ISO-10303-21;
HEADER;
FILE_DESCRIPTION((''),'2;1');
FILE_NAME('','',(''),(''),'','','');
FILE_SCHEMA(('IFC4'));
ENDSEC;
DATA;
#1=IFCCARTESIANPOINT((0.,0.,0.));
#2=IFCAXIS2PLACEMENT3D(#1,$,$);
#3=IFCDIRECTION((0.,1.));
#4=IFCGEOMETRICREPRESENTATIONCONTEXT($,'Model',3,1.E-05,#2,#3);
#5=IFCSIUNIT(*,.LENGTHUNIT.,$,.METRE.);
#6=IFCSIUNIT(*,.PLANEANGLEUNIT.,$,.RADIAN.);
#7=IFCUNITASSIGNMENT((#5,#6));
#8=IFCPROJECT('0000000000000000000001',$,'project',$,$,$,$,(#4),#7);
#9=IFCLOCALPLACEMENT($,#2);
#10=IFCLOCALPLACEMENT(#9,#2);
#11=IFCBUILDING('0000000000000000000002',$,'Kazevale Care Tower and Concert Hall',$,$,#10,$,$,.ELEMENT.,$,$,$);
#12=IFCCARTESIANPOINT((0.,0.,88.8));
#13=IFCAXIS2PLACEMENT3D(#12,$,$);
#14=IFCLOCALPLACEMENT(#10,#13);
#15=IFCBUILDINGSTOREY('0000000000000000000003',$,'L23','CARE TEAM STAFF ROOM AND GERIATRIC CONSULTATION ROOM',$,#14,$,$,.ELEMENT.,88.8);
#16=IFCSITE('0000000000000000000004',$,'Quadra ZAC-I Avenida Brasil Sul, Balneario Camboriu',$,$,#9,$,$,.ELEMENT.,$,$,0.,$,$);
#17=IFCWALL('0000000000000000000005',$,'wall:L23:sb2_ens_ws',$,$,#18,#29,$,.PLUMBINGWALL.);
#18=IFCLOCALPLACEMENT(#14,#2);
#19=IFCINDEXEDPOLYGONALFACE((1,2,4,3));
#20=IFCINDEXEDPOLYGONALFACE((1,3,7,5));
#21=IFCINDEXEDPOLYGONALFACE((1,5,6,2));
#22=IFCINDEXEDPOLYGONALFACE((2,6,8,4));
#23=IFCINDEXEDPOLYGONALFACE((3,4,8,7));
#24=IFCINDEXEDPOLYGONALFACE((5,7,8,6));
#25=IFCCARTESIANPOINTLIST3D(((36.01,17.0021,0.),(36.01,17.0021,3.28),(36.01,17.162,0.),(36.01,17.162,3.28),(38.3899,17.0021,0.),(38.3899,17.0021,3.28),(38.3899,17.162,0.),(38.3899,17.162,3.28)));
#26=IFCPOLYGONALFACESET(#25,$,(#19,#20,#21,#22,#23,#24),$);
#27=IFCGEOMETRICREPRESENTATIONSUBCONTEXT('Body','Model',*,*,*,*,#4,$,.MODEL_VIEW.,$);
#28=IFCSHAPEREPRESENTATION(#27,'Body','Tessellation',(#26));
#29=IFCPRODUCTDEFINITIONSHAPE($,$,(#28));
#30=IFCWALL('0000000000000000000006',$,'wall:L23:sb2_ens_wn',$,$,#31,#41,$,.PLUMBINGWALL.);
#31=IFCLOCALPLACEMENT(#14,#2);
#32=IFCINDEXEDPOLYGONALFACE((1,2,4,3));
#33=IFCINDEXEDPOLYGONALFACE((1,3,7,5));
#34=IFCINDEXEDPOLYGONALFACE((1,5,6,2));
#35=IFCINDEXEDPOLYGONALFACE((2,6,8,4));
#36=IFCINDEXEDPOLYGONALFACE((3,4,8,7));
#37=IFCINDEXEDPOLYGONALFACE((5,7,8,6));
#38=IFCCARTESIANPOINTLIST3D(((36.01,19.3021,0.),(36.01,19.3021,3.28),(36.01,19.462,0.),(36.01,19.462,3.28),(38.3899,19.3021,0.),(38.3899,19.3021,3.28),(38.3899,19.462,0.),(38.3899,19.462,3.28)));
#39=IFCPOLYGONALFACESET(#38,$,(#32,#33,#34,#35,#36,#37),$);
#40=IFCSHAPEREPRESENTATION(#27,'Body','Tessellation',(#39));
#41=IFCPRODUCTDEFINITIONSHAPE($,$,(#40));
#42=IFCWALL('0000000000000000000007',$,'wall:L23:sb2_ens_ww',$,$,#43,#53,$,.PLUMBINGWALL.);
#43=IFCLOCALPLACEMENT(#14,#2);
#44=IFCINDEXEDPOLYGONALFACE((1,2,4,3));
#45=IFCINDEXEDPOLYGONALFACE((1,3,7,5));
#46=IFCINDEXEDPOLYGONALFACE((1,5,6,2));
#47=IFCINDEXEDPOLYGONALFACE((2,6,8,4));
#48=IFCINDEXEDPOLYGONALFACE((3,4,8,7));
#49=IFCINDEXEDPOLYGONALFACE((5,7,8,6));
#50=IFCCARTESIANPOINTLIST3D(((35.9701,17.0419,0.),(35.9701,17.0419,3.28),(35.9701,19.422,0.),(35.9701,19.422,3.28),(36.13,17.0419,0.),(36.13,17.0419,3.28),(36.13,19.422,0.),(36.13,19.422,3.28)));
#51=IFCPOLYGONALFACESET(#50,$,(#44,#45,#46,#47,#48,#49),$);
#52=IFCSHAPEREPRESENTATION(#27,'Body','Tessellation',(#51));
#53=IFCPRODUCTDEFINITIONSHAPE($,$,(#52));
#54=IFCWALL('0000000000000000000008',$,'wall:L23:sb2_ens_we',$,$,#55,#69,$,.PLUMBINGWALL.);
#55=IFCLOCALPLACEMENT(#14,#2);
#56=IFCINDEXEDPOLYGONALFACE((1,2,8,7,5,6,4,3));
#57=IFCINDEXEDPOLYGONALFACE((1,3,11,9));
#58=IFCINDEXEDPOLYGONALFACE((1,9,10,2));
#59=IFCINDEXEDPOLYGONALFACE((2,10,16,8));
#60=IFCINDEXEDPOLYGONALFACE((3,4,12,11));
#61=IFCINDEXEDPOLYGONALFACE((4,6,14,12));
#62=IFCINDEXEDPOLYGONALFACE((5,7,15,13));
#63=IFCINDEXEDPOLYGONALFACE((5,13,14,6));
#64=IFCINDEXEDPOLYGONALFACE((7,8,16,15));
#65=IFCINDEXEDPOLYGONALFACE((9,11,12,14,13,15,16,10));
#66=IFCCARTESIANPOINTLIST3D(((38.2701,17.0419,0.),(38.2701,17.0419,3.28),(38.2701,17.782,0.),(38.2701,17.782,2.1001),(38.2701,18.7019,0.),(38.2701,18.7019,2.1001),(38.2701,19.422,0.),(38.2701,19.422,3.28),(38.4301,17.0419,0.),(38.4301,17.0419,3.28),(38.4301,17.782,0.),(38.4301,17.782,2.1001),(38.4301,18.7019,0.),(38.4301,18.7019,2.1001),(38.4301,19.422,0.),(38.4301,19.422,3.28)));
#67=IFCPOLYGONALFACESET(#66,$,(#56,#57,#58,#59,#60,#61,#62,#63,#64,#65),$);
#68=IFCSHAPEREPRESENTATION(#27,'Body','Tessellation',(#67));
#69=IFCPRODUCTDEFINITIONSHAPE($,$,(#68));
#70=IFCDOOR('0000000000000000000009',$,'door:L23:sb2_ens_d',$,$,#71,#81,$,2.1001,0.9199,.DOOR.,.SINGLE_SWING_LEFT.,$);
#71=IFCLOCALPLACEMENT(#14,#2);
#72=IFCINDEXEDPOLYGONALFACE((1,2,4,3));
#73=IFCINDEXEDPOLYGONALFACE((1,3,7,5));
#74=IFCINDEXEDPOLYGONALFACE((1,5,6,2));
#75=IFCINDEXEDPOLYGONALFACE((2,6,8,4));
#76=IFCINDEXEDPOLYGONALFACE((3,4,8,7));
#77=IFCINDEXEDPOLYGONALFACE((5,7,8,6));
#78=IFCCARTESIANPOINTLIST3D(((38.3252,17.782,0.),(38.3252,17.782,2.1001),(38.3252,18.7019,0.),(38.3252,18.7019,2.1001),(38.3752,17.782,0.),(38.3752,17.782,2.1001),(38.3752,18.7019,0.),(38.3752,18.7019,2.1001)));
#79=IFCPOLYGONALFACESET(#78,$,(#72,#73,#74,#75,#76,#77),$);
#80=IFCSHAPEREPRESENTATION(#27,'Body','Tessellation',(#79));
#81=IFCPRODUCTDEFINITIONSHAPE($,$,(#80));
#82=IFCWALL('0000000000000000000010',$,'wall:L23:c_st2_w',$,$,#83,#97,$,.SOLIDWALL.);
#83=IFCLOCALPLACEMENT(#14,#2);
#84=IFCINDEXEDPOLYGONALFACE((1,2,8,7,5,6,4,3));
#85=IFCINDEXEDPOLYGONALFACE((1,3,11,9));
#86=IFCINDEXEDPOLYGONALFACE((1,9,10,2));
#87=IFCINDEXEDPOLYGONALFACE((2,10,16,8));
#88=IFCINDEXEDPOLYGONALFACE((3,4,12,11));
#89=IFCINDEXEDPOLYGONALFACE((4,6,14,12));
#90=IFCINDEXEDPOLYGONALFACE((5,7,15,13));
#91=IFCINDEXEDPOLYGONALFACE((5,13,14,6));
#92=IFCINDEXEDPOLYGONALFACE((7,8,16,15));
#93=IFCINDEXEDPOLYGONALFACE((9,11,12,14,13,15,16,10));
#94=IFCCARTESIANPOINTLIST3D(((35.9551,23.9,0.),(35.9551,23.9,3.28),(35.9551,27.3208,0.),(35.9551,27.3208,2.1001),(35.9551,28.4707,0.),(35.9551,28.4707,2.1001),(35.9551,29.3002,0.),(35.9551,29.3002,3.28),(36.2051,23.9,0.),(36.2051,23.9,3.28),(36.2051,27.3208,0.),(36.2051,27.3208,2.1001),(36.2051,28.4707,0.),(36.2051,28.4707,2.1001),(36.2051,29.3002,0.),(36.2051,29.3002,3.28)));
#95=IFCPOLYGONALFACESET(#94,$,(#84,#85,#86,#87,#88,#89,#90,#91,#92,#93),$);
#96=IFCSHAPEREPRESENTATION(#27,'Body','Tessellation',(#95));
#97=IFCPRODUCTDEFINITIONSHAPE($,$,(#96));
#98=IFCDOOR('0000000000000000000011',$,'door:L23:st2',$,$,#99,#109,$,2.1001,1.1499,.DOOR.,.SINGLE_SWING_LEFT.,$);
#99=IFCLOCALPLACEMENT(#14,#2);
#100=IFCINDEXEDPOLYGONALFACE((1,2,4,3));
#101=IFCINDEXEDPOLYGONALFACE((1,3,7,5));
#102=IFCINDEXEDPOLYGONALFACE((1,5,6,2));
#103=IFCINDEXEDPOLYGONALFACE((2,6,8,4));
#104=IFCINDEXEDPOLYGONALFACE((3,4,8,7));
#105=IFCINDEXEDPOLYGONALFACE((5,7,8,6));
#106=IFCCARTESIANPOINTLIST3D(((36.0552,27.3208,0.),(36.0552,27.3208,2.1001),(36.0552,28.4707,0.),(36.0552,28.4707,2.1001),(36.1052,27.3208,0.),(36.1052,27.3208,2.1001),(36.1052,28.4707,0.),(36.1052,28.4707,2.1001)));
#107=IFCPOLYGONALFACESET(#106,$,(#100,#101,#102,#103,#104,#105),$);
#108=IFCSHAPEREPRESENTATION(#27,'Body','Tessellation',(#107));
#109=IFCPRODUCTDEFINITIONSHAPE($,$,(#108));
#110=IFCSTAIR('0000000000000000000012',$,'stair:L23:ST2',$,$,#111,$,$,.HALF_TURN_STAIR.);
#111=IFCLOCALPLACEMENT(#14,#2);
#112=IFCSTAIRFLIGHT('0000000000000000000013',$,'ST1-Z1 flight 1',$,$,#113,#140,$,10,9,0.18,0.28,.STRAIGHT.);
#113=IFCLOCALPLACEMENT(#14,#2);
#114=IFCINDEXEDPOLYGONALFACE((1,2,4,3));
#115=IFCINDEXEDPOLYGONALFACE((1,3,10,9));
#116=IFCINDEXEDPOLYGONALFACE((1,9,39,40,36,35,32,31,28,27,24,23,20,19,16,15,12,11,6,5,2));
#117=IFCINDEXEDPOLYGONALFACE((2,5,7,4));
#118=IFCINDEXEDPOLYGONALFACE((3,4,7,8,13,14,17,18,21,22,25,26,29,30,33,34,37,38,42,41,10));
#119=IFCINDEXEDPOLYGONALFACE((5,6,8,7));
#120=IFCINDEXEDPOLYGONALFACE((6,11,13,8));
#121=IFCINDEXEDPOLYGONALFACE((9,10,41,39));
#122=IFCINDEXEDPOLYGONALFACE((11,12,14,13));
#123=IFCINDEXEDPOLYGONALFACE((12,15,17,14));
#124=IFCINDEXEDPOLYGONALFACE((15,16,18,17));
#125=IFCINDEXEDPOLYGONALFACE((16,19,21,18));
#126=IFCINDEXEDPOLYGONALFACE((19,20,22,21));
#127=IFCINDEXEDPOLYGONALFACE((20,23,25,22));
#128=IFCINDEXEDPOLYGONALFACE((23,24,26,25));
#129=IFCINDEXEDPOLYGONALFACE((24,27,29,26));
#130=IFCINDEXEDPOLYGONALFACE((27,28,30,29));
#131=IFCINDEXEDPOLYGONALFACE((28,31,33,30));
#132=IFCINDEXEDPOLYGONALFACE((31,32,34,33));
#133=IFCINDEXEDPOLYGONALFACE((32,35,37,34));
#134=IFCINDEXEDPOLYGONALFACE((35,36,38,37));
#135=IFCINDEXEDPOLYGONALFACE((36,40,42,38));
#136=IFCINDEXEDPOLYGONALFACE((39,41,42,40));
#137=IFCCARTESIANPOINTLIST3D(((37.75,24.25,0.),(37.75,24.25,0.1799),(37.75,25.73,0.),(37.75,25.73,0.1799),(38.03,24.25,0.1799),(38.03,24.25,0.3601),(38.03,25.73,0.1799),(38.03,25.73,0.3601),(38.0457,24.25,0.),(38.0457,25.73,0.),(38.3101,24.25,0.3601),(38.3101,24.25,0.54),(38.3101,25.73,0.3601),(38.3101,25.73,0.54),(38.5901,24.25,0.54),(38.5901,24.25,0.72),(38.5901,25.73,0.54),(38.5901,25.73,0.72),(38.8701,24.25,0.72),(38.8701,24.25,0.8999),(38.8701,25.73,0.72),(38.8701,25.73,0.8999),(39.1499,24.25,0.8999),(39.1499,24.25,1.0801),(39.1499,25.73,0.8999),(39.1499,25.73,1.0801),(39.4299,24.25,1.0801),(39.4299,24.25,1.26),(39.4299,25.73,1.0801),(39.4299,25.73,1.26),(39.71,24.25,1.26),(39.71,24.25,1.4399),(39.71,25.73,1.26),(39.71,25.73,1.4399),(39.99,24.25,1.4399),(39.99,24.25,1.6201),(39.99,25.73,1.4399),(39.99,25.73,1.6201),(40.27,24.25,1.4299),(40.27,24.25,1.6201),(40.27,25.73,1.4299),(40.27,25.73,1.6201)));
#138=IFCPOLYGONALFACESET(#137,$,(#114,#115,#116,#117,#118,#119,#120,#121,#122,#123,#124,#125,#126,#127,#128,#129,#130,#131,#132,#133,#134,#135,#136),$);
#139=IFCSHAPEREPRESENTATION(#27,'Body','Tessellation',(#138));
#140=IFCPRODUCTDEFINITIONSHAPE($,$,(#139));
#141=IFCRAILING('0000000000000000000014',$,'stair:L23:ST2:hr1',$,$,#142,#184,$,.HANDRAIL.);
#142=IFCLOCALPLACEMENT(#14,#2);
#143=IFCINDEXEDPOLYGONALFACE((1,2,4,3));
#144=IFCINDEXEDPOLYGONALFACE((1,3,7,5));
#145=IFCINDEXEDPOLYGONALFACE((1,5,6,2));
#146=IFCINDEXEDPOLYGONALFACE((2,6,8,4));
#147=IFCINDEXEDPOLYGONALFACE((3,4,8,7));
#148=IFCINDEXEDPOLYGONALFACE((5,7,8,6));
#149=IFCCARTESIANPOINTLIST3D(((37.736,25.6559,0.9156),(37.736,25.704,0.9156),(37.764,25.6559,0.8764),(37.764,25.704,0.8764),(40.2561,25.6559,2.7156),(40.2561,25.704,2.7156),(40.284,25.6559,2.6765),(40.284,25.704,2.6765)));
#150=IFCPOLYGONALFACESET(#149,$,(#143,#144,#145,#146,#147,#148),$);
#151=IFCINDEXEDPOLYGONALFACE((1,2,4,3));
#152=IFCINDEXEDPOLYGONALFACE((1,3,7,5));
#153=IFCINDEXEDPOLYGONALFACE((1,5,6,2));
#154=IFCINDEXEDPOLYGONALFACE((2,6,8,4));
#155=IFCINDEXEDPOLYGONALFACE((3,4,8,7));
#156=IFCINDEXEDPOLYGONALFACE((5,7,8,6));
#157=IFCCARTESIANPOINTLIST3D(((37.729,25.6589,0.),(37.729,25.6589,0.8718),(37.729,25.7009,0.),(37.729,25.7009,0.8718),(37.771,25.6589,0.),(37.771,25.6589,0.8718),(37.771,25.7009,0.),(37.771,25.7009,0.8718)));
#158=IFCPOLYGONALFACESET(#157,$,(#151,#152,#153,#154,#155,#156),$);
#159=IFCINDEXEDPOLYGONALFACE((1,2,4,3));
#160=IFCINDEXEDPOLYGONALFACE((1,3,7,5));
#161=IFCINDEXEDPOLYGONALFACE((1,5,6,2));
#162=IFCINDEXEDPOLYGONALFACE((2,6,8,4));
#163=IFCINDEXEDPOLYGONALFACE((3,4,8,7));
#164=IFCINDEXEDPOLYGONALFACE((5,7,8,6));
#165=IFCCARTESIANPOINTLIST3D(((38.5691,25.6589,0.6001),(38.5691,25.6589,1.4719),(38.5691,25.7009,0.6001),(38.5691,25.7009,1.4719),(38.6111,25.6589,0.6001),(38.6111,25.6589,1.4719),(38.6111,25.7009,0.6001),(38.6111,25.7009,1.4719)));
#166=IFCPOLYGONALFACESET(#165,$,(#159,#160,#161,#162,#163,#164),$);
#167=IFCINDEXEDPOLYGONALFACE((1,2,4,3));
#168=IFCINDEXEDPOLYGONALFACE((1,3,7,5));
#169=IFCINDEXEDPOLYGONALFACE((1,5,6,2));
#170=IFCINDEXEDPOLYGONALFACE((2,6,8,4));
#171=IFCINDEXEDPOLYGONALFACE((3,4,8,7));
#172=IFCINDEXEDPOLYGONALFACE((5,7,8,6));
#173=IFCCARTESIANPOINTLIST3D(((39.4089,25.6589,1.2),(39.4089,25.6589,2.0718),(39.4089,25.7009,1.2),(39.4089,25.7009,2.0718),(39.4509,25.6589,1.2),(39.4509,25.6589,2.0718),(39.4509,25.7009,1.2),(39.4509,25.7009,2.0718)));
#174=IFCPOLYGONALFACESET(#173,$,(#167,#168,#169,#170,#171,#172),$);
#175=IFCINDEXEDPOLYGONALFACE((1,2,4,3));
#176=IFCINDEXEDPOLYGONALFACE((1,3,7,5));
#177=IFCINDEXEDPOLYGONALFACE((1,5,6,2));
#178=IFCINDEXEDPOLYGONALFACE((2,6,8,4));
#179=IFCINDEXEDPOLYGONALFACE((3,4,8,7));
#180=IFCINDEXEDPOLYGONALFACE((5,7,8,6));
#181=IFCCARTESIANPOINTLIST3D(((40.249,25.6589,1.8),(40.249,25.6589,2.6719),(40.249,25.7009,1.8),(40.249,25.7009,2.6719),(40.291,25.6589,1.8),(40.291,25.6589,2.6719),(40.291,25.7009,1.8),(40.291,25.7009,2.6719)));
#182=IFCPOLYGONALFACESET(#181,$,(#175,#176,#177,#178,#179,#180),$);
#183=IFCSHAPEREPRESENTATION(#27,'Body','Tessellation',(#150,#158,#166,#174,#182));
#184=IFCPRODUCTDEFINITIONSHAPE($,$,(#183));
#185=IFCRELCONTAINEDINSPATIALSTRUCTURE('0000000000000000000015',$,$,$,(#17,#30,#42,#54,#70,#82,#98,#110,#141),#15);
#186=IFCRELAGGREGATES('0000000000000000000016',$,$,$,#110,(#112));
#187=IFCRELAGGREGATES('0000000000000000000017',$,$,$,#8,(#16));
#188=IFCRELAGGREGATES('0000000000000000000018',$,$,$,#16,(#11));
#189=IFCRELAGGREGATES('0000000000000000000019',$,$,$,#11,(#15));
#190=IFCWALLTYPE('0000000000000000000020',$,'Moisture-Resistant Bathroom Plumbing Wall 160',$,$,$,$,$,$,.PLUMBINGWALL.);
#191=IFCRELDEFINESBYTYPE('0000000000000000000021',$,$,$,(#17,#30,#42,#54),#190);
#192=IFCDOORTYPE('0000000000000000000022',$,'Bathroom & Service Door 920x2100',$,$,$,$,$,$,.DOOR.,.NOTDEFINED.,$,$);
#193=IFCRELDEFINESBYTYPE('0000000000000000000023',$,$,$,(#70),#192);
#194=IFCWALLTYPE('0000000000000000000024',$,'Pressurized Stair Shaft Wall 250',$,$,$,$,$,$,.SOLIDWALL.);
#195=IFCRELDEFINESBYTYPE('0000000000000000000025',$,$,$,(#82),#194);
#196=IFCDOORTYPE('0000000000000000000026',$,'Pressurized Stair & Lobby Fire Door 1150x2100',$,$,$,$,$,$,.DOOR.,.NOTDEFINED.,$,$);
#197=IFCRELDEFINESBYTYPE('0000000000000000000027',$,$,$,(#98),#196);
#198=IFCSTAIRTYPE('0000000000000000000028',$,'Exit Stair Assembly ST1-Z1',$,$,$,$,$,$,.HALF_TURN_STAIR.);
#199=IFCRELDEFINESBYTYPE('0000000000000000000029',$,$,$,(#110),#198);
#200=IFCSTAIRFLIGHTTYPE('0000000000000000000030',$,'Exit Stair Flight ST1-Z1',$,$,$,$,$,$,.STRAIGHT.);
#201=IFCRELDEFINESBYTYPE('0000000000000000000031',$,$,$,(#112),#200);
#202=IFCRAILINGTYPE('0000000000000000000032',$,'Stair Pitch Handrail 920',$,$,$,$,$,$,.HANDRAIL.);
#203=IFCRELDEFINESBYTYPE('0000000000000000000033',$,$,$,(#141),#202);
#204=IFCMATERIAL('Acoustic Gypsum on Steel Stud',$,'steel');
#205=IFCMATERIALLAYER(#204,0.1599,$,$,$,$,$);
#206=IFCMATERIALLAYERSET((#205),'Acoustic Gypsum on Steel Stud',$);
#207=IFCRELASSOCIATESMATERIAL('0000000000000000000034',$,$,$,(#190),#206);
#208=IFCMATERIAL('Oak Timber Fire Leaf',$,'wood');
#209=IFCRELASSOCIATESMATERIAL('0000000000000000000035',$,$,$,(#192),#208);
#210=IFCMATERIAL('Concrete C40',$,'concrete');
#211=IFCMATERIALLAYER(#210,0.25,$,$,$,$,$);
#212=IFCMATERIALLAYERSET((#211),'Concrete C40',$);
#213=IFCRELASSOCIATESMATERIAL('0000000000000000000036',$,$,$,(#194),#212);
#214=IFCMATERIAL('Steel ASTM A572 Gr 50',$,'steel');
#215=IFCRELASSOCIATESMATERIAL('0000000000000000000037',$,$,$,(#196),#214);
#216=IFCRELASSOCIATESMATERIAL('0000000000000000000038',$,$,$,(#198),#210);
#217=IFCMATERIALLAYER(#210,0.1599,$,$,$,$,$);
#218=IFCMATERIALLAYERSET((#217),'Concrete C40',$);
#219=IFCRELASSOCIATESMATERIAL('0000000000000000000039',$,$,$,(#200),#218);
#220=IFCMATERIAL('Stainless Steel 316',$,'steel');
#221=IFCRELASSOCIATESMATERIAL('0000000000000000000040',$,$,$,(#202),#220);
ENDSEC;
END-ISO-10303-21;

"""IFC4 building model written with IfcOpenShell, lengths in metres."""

from ifc_helpers import new_model, si_unit, direction, frame, frame_2d, origin, origin_2d, place, context, subcontext, project, spatial, polyline, rectangle, outline, extrude, material, layer, layer_set, type_object, element, fill, aggregate, save


model = new_model("IFC4")

# Units and contexts
model_context = context("Model", 3, precision=1e-05, world=origin(), true_north=direction((0.0, 1.0)))
body_context = subcontext(model_context, "Body", "Model", "MODEL_VIEW")
ifc_project = project(units=[si_unit("LENGTHUNIT", "METRE"), si_unit("PLANEANGLEUNIT", "RADIAN")], contexts=[model_context])

# Site, building, storey
site_placement = place(None, origin())
site = spatial("IfcSite", under=ifc_project, at=site_placement, Name="Quadra ZAC-I Avenida Brasil Sul, Balneario Camboriu", CompositionType="ELEMENT", RefElevation=0.0)
building_placement = place(site_placement, origin())
building = spatial("IfcBuilding", under=site, at=building_placement, Name="Kazevale Care Tower and Concert Hall", CompositionType="ELEMENT")
storey_placement = place(building_placement, frame((0.0, 0.0, 88.8)))
storey = spatial("IfcBuildingStorey", under=building, at=storey_placement, Name="L23", Description="CARE TEAM STAFF ROOM AND GERIATRIC CONSULTATION ROOM", CompositionType="ELEMENT", Elevation=88.8)

# Shared definitions
ifc_material_1 = material(Name="Steel ASTM A572 Gr 50", Category="steel")

# Shared definitions
ifc_material_2 = material(Name="Oak Timber Fire Leaf", Category="wood")

# Walls
ifc_material_3 = material(Name="Acoustic Gypsum on Steel Stud", Category="steel")
ifc_layer_1 = layer(ifc_material_3, 0.1599)
ifc_layer_set_1 = layer_set([ifc_layer_1], Name="Acoustic Gypsum on Steel Stud")
wall_type_1 = type_object("IfcWallType", Name="Moisture-Resistant Bathroom Plumbing Wall 160", PredefinedType="PLUMBINGWALL", material=ifc_layer_set_1)
for number, where, z_axis, x_axis, name in (
    (1, (36.01, 17.082, 0.0), (0.0, 0.0, 1.0), (1.0, 0.0, 0.0), "wall:L23:sb2_ens_ws"),
    (2, (36.01, 19.3821, 0.0), (0.0, 0.0, 1.0), (1.0, 0.0, 0.0), "wall:L23:sb2_ens_wn"),
):
    element("IfcWall", number, at=place(storey_placement, frame(where, z_axis=z_axis, x_axis=x_axis)), inside=storey, type_object=wall_type_1, Name=name, PredefinedType="PLUMBINGWALL", context=body_context, shape_type="SweptSolid", body=[
        extrude(rectangle(XDim=2.3799, YDim=0.1599, at=frame_2d((1.1899, 0.0))), origin(), (0.0, 0.0, 1.0), 3.28),
    ])
wall_1_placement = place(storey_placement, frame((36.05, 17.042, 0.0), z_axis=(0.0, 0.0, 1.0), x_axis=(0.0, 1.0, 0.0)))
element("IfcWall", 3, at=wall_1_placement, inside=storey, type_object=wall_type_1, Name="wall:L23:sb2_ens_ww", PredefinedType="PLUMBINGWALL", context=body_context, shape_type="SweptSolid", body=[
    extrude(rectangle(XDim=2.3801, YDim=0.1599, at=frame_2d((1.1899, 0.0))), origin(), (0.0, 0.0, 1.0), 3.28),
])

# Walls, openings, doors
wall_2_placement = place(storey_placement, frame((38.3501, 17.042, 0.0), z_axis=(0.0, 0.0, 1.0), x_axis=(0.0, 1.0, 0.0)))
wall_2 = element("IfcWall", 4, at=wall_2_placement, inside=storey, type_object=wall_type_1, Name="wall:L23:sb2_ens_we", PredefinedType="PLUMBINGWALL", context=body_context, shape_type="SweptSolid", body=[
    extrude(rectangle(XDim=2.3801, YDim=0.1599, at=frame_2d((1.1899, 0.0))), origin(), (0.0, 0.0, 1.0), 3.28),
])
opening_1_placement = place(wall_2_placement, frame((0.74, 0.0, 0.0)))
opening_1 = element("IfcOpeningElement", 5, at=opening_1_placement, cuts=wall_2, PredefinedType="OPENING", context=body_context, shape_type="SweptSolid", body=[
    extrude(rectangle(XDim=0.9199, YDim=2.1001, at=frame_2d((0.46, 1.05))), frame((0.0, 0.0898, 0.0), z_axis=(0.0, -1.0, 0.0), x_axis=(1.0, 0.0, 0.0)), (0.0, 0.0, 1.0), 0.1799),
])
door_type_1 = type_object("IfcDoorType", Name="Bathroom & Service Door 920x2100", OperationType="NOTDEFINED", PredefinedType="DOOR", material=ifc_material_2)
door_1_placement = place(opening_1_placement, origin())
door_1 = element("IfcDoor", 6, at=door_1_placement, inside=storey, type_object=door_type_1, Name="door:L23:sb2_ens_d", OperationType="SINGLE_SWING_LEFT", OverallHeight=2.1001, OverallWidth=0.9199, PredefinedType="DOOR", context=body_context, shape_type="SweptSolid", body=[
    extrude(rectangle(XDim=0.9199, YDim=2.1001, at=frame_2d((0.46, 1.05))), frame((0.0, 0.0249, 0.0), z_axis=(0.0, -1.0, 0.0), x_axis=(1.0, 0.0, 0.0)), (0.0, 0.0, 1.0), 0.05),
])
fill(opening_1, door_1)
ifc_material_4 = material(Name="Concrete C40", Category="concrete")
ifc_layer_2 = layer(ifc_material_4, 0.25)
ifc_layer_set_2 = layer_set([ifc_layer_2], Name="Concrete C40")
wall_type_2 = type_object("IfcWallType", Name="Pressurized Stair Shaft Wall 250", PredefinedType="SOLIDWALL", material=ifc_layer_set_2)
wall_3_placement = place(storey_placement, frame((36.0801, 23.8999, 0.0), z_axis=(0.0, 0.0, 1.0), x_axis=(0.0, 1.0, 0.0)))
wall_3 = element("IfcWall", 7, at=wall_3_placement, inside=storey, type_object=wall_type_2, Name="wall:L23:c_st2_w", PredefinedType="SOLIDWALL", context=body_context, shape_type="SweptSolid", body=[
    extrude(rectangle(XDim=5.4001, YDim=0.25, at=frame_2d((2.7002, 0.0))), origin(), (0.0, 0.0, 1.0), 3.28),
])
opening_2_placement = place(wall_3_placement, frame((3.4209, 0.0, 0.0)))
opening_2 = element("IfcOpeningElement", 8, at=opening_2_placement, cuts=wall_3, PredefinedType="OPENING", context=body_context, shape_type="SweptSolid", body=[
    extrude(rectangle(XDim=1.1499, YDim=2.1001, at=frame_2d((0.575, 1.05))), frame((0.0, 0.135, 0.0), z_axis=(0.0, -1.0, 0.0), x_axis=(1.0, 0.0, 0.0)), (0.0, 0.0, 1.0), 0.27),
])
door_type_2 = type_object("IfcDoorType", Name="Pressurized Stair & Lobby Fire Door 1150x2100", OperationType="NOTDEFINED", PredefinedType="DOOR", material=ifc_material_1)
door_2_placement = place(opening_2_placement, origin())
door_2 = element("IfcDoor", 9, at=door_2_placement, inside=storey, type_object=door_type_2, Name="door:L23:st2", OperationType="SINGLE_SWING_LEFT", OverallHeight=2.1001, OverallWidth=1.1499, PredefinedType="DOOR", context=body_context, shape_type="SweptSolid", body=[
    extrude(rectangle(XDim=1.1499, YDim=2.1001, at=frame_2d((0.575, 1.05))), frame((0.0, 0.0249, 0.0), z_axis=(0.0, -1.0, 0.0), x_axis=(1.0, 0.0, 0.0)), (0.0, 0.0, 1.0), 0.05),
])
fill(opening_2, door_2)

# Stair, stair flight
stair_type = type_object("IfcStairType", Name="Exit Stair Assembly ST1-Z1", PredefinedType="HALF_TURN_STAIR", material=ifc_material_4)
stair_placement = place(storey_placement, origin())
stair = element("IfcStair", 10, at=stair_placement, inside=storey, type_object=stair_type, Name="stair:L23:ST2", PredefinedType="HALF_TURN_STAIR")
ifc_layer_3 = layer(ifc_material_4, 0.1599)
ifc_layer_set_3 = layer_set([ifc_layer_3], Name="Concrete C40")
stair_flight_type = type_object("IfcStairFlightType", Name="Exit Stair Flight ST1-Z1", PredefinedType="STRAIGHT", material=ifc_layer_set_3)
stair_flight_placement = place(storey_placement, frame((37.75, 24.99, 0.0), z_axis=(0.0, 0.0, 1.0), x_axis=(1.0, 0.0, 0.0)))
stair_flight = element("IfcStairFlight", 11, at=stair_flight_placement, type_object=stair_flight_type, Name="ST1-Z1 flight 1", NumberOfRisers=10, NumberOfTreads=9, PredefinedType="STRAIGHT", RiserHeight=0.18, TreadLength=0.28, context=body_context, shape_type="SweptSolid", body=[
    extrude(outline(polyline([(0.0, 0.0), (0.0, 0.1799), (0.28, 0.1799), (0.28, 0.3601), (0.5601, 0.3601), (0.5601, 0.54), (0.8401, 0.54), (0.8401, 0.72), (1.1201, 0.72), (1.1201, 0.8999), (1.3999, 0.8999), (1.3999, 1.0801), (1.6799, 1.0801), (1.6799, 1.26), (1.96, 1.26), (1.96, 1.4399), (2.24, 1.4399), (2.24, 1.6201), (2.52, 1.6201), (2.52, 1.8), (2.52, 1.4299), (0.2957, 0.0), (0.0, 0.0)])), frame((0.0, 0.74, 0.0), z_axis=(0.0, -1.0, 0.0), x_axis=(1.0, 0.0, 0.0)), (0.0, 0.0, 1.0), 1.48),
])
aggregate(stair, [stair_flight])

# Railing
ifc_material_5 = material(Name="Stainless Steel 316", Category="steel")
railing_type_1 = type_object("IfcRailingType", Name="Stair Pitch Handrail 920", PredefinedType="HANDRAIL", material=ifc_material_5)
railing_1_placement = place(storey_placement, frame((37.75, 25.6799, 0.0)))
element("IfcRailing", 12, at=railing_1_placement, inside=storey, type_object=railing_type_1, Name="stair:L23:ST2:hr1", PredefinedType="HANDRAIL", context=body_context, shape_type="SweptSolid", body=[
    extrude(rectangle(XDim=0.0481, YDim=0.0481, at=origin_2d()), frame((0.0, 0.0, 0.896), z_axis=(0.813728, 0.0, 0.581246), x_axis=(0.0, 1.0, 0.0)), (0.0, 0.0, 1.0), 3.0969),
    extrude(rectangle(XDim=0.042, YDim=0.042, at=origin_2d()), origin(), (0.0, 0.0, 1.0), 0.8718),
    extrude(rectangle(XDim=0.042, YDim=0.042, at=origin_2d()), frame((0.8401, 0.0, 0.6001)), (0.0, 0.0, 1.0), 0.8718),
    extrude(rectangle(XDim=0.042, YDim=0.042, at=origin_2d()), frame((1.6799, 0.0, 1.2)), (0.0, 0.0, 1.0), 0.8718),
    extrude(rectangle(XDim=0.042, YDim=0.042, at=origin_2d()), frame((2.52, 0.0, 1.8)), (0.0, 0.0, 1.0), 0.8718),
])

save(model, "model.ifc")
